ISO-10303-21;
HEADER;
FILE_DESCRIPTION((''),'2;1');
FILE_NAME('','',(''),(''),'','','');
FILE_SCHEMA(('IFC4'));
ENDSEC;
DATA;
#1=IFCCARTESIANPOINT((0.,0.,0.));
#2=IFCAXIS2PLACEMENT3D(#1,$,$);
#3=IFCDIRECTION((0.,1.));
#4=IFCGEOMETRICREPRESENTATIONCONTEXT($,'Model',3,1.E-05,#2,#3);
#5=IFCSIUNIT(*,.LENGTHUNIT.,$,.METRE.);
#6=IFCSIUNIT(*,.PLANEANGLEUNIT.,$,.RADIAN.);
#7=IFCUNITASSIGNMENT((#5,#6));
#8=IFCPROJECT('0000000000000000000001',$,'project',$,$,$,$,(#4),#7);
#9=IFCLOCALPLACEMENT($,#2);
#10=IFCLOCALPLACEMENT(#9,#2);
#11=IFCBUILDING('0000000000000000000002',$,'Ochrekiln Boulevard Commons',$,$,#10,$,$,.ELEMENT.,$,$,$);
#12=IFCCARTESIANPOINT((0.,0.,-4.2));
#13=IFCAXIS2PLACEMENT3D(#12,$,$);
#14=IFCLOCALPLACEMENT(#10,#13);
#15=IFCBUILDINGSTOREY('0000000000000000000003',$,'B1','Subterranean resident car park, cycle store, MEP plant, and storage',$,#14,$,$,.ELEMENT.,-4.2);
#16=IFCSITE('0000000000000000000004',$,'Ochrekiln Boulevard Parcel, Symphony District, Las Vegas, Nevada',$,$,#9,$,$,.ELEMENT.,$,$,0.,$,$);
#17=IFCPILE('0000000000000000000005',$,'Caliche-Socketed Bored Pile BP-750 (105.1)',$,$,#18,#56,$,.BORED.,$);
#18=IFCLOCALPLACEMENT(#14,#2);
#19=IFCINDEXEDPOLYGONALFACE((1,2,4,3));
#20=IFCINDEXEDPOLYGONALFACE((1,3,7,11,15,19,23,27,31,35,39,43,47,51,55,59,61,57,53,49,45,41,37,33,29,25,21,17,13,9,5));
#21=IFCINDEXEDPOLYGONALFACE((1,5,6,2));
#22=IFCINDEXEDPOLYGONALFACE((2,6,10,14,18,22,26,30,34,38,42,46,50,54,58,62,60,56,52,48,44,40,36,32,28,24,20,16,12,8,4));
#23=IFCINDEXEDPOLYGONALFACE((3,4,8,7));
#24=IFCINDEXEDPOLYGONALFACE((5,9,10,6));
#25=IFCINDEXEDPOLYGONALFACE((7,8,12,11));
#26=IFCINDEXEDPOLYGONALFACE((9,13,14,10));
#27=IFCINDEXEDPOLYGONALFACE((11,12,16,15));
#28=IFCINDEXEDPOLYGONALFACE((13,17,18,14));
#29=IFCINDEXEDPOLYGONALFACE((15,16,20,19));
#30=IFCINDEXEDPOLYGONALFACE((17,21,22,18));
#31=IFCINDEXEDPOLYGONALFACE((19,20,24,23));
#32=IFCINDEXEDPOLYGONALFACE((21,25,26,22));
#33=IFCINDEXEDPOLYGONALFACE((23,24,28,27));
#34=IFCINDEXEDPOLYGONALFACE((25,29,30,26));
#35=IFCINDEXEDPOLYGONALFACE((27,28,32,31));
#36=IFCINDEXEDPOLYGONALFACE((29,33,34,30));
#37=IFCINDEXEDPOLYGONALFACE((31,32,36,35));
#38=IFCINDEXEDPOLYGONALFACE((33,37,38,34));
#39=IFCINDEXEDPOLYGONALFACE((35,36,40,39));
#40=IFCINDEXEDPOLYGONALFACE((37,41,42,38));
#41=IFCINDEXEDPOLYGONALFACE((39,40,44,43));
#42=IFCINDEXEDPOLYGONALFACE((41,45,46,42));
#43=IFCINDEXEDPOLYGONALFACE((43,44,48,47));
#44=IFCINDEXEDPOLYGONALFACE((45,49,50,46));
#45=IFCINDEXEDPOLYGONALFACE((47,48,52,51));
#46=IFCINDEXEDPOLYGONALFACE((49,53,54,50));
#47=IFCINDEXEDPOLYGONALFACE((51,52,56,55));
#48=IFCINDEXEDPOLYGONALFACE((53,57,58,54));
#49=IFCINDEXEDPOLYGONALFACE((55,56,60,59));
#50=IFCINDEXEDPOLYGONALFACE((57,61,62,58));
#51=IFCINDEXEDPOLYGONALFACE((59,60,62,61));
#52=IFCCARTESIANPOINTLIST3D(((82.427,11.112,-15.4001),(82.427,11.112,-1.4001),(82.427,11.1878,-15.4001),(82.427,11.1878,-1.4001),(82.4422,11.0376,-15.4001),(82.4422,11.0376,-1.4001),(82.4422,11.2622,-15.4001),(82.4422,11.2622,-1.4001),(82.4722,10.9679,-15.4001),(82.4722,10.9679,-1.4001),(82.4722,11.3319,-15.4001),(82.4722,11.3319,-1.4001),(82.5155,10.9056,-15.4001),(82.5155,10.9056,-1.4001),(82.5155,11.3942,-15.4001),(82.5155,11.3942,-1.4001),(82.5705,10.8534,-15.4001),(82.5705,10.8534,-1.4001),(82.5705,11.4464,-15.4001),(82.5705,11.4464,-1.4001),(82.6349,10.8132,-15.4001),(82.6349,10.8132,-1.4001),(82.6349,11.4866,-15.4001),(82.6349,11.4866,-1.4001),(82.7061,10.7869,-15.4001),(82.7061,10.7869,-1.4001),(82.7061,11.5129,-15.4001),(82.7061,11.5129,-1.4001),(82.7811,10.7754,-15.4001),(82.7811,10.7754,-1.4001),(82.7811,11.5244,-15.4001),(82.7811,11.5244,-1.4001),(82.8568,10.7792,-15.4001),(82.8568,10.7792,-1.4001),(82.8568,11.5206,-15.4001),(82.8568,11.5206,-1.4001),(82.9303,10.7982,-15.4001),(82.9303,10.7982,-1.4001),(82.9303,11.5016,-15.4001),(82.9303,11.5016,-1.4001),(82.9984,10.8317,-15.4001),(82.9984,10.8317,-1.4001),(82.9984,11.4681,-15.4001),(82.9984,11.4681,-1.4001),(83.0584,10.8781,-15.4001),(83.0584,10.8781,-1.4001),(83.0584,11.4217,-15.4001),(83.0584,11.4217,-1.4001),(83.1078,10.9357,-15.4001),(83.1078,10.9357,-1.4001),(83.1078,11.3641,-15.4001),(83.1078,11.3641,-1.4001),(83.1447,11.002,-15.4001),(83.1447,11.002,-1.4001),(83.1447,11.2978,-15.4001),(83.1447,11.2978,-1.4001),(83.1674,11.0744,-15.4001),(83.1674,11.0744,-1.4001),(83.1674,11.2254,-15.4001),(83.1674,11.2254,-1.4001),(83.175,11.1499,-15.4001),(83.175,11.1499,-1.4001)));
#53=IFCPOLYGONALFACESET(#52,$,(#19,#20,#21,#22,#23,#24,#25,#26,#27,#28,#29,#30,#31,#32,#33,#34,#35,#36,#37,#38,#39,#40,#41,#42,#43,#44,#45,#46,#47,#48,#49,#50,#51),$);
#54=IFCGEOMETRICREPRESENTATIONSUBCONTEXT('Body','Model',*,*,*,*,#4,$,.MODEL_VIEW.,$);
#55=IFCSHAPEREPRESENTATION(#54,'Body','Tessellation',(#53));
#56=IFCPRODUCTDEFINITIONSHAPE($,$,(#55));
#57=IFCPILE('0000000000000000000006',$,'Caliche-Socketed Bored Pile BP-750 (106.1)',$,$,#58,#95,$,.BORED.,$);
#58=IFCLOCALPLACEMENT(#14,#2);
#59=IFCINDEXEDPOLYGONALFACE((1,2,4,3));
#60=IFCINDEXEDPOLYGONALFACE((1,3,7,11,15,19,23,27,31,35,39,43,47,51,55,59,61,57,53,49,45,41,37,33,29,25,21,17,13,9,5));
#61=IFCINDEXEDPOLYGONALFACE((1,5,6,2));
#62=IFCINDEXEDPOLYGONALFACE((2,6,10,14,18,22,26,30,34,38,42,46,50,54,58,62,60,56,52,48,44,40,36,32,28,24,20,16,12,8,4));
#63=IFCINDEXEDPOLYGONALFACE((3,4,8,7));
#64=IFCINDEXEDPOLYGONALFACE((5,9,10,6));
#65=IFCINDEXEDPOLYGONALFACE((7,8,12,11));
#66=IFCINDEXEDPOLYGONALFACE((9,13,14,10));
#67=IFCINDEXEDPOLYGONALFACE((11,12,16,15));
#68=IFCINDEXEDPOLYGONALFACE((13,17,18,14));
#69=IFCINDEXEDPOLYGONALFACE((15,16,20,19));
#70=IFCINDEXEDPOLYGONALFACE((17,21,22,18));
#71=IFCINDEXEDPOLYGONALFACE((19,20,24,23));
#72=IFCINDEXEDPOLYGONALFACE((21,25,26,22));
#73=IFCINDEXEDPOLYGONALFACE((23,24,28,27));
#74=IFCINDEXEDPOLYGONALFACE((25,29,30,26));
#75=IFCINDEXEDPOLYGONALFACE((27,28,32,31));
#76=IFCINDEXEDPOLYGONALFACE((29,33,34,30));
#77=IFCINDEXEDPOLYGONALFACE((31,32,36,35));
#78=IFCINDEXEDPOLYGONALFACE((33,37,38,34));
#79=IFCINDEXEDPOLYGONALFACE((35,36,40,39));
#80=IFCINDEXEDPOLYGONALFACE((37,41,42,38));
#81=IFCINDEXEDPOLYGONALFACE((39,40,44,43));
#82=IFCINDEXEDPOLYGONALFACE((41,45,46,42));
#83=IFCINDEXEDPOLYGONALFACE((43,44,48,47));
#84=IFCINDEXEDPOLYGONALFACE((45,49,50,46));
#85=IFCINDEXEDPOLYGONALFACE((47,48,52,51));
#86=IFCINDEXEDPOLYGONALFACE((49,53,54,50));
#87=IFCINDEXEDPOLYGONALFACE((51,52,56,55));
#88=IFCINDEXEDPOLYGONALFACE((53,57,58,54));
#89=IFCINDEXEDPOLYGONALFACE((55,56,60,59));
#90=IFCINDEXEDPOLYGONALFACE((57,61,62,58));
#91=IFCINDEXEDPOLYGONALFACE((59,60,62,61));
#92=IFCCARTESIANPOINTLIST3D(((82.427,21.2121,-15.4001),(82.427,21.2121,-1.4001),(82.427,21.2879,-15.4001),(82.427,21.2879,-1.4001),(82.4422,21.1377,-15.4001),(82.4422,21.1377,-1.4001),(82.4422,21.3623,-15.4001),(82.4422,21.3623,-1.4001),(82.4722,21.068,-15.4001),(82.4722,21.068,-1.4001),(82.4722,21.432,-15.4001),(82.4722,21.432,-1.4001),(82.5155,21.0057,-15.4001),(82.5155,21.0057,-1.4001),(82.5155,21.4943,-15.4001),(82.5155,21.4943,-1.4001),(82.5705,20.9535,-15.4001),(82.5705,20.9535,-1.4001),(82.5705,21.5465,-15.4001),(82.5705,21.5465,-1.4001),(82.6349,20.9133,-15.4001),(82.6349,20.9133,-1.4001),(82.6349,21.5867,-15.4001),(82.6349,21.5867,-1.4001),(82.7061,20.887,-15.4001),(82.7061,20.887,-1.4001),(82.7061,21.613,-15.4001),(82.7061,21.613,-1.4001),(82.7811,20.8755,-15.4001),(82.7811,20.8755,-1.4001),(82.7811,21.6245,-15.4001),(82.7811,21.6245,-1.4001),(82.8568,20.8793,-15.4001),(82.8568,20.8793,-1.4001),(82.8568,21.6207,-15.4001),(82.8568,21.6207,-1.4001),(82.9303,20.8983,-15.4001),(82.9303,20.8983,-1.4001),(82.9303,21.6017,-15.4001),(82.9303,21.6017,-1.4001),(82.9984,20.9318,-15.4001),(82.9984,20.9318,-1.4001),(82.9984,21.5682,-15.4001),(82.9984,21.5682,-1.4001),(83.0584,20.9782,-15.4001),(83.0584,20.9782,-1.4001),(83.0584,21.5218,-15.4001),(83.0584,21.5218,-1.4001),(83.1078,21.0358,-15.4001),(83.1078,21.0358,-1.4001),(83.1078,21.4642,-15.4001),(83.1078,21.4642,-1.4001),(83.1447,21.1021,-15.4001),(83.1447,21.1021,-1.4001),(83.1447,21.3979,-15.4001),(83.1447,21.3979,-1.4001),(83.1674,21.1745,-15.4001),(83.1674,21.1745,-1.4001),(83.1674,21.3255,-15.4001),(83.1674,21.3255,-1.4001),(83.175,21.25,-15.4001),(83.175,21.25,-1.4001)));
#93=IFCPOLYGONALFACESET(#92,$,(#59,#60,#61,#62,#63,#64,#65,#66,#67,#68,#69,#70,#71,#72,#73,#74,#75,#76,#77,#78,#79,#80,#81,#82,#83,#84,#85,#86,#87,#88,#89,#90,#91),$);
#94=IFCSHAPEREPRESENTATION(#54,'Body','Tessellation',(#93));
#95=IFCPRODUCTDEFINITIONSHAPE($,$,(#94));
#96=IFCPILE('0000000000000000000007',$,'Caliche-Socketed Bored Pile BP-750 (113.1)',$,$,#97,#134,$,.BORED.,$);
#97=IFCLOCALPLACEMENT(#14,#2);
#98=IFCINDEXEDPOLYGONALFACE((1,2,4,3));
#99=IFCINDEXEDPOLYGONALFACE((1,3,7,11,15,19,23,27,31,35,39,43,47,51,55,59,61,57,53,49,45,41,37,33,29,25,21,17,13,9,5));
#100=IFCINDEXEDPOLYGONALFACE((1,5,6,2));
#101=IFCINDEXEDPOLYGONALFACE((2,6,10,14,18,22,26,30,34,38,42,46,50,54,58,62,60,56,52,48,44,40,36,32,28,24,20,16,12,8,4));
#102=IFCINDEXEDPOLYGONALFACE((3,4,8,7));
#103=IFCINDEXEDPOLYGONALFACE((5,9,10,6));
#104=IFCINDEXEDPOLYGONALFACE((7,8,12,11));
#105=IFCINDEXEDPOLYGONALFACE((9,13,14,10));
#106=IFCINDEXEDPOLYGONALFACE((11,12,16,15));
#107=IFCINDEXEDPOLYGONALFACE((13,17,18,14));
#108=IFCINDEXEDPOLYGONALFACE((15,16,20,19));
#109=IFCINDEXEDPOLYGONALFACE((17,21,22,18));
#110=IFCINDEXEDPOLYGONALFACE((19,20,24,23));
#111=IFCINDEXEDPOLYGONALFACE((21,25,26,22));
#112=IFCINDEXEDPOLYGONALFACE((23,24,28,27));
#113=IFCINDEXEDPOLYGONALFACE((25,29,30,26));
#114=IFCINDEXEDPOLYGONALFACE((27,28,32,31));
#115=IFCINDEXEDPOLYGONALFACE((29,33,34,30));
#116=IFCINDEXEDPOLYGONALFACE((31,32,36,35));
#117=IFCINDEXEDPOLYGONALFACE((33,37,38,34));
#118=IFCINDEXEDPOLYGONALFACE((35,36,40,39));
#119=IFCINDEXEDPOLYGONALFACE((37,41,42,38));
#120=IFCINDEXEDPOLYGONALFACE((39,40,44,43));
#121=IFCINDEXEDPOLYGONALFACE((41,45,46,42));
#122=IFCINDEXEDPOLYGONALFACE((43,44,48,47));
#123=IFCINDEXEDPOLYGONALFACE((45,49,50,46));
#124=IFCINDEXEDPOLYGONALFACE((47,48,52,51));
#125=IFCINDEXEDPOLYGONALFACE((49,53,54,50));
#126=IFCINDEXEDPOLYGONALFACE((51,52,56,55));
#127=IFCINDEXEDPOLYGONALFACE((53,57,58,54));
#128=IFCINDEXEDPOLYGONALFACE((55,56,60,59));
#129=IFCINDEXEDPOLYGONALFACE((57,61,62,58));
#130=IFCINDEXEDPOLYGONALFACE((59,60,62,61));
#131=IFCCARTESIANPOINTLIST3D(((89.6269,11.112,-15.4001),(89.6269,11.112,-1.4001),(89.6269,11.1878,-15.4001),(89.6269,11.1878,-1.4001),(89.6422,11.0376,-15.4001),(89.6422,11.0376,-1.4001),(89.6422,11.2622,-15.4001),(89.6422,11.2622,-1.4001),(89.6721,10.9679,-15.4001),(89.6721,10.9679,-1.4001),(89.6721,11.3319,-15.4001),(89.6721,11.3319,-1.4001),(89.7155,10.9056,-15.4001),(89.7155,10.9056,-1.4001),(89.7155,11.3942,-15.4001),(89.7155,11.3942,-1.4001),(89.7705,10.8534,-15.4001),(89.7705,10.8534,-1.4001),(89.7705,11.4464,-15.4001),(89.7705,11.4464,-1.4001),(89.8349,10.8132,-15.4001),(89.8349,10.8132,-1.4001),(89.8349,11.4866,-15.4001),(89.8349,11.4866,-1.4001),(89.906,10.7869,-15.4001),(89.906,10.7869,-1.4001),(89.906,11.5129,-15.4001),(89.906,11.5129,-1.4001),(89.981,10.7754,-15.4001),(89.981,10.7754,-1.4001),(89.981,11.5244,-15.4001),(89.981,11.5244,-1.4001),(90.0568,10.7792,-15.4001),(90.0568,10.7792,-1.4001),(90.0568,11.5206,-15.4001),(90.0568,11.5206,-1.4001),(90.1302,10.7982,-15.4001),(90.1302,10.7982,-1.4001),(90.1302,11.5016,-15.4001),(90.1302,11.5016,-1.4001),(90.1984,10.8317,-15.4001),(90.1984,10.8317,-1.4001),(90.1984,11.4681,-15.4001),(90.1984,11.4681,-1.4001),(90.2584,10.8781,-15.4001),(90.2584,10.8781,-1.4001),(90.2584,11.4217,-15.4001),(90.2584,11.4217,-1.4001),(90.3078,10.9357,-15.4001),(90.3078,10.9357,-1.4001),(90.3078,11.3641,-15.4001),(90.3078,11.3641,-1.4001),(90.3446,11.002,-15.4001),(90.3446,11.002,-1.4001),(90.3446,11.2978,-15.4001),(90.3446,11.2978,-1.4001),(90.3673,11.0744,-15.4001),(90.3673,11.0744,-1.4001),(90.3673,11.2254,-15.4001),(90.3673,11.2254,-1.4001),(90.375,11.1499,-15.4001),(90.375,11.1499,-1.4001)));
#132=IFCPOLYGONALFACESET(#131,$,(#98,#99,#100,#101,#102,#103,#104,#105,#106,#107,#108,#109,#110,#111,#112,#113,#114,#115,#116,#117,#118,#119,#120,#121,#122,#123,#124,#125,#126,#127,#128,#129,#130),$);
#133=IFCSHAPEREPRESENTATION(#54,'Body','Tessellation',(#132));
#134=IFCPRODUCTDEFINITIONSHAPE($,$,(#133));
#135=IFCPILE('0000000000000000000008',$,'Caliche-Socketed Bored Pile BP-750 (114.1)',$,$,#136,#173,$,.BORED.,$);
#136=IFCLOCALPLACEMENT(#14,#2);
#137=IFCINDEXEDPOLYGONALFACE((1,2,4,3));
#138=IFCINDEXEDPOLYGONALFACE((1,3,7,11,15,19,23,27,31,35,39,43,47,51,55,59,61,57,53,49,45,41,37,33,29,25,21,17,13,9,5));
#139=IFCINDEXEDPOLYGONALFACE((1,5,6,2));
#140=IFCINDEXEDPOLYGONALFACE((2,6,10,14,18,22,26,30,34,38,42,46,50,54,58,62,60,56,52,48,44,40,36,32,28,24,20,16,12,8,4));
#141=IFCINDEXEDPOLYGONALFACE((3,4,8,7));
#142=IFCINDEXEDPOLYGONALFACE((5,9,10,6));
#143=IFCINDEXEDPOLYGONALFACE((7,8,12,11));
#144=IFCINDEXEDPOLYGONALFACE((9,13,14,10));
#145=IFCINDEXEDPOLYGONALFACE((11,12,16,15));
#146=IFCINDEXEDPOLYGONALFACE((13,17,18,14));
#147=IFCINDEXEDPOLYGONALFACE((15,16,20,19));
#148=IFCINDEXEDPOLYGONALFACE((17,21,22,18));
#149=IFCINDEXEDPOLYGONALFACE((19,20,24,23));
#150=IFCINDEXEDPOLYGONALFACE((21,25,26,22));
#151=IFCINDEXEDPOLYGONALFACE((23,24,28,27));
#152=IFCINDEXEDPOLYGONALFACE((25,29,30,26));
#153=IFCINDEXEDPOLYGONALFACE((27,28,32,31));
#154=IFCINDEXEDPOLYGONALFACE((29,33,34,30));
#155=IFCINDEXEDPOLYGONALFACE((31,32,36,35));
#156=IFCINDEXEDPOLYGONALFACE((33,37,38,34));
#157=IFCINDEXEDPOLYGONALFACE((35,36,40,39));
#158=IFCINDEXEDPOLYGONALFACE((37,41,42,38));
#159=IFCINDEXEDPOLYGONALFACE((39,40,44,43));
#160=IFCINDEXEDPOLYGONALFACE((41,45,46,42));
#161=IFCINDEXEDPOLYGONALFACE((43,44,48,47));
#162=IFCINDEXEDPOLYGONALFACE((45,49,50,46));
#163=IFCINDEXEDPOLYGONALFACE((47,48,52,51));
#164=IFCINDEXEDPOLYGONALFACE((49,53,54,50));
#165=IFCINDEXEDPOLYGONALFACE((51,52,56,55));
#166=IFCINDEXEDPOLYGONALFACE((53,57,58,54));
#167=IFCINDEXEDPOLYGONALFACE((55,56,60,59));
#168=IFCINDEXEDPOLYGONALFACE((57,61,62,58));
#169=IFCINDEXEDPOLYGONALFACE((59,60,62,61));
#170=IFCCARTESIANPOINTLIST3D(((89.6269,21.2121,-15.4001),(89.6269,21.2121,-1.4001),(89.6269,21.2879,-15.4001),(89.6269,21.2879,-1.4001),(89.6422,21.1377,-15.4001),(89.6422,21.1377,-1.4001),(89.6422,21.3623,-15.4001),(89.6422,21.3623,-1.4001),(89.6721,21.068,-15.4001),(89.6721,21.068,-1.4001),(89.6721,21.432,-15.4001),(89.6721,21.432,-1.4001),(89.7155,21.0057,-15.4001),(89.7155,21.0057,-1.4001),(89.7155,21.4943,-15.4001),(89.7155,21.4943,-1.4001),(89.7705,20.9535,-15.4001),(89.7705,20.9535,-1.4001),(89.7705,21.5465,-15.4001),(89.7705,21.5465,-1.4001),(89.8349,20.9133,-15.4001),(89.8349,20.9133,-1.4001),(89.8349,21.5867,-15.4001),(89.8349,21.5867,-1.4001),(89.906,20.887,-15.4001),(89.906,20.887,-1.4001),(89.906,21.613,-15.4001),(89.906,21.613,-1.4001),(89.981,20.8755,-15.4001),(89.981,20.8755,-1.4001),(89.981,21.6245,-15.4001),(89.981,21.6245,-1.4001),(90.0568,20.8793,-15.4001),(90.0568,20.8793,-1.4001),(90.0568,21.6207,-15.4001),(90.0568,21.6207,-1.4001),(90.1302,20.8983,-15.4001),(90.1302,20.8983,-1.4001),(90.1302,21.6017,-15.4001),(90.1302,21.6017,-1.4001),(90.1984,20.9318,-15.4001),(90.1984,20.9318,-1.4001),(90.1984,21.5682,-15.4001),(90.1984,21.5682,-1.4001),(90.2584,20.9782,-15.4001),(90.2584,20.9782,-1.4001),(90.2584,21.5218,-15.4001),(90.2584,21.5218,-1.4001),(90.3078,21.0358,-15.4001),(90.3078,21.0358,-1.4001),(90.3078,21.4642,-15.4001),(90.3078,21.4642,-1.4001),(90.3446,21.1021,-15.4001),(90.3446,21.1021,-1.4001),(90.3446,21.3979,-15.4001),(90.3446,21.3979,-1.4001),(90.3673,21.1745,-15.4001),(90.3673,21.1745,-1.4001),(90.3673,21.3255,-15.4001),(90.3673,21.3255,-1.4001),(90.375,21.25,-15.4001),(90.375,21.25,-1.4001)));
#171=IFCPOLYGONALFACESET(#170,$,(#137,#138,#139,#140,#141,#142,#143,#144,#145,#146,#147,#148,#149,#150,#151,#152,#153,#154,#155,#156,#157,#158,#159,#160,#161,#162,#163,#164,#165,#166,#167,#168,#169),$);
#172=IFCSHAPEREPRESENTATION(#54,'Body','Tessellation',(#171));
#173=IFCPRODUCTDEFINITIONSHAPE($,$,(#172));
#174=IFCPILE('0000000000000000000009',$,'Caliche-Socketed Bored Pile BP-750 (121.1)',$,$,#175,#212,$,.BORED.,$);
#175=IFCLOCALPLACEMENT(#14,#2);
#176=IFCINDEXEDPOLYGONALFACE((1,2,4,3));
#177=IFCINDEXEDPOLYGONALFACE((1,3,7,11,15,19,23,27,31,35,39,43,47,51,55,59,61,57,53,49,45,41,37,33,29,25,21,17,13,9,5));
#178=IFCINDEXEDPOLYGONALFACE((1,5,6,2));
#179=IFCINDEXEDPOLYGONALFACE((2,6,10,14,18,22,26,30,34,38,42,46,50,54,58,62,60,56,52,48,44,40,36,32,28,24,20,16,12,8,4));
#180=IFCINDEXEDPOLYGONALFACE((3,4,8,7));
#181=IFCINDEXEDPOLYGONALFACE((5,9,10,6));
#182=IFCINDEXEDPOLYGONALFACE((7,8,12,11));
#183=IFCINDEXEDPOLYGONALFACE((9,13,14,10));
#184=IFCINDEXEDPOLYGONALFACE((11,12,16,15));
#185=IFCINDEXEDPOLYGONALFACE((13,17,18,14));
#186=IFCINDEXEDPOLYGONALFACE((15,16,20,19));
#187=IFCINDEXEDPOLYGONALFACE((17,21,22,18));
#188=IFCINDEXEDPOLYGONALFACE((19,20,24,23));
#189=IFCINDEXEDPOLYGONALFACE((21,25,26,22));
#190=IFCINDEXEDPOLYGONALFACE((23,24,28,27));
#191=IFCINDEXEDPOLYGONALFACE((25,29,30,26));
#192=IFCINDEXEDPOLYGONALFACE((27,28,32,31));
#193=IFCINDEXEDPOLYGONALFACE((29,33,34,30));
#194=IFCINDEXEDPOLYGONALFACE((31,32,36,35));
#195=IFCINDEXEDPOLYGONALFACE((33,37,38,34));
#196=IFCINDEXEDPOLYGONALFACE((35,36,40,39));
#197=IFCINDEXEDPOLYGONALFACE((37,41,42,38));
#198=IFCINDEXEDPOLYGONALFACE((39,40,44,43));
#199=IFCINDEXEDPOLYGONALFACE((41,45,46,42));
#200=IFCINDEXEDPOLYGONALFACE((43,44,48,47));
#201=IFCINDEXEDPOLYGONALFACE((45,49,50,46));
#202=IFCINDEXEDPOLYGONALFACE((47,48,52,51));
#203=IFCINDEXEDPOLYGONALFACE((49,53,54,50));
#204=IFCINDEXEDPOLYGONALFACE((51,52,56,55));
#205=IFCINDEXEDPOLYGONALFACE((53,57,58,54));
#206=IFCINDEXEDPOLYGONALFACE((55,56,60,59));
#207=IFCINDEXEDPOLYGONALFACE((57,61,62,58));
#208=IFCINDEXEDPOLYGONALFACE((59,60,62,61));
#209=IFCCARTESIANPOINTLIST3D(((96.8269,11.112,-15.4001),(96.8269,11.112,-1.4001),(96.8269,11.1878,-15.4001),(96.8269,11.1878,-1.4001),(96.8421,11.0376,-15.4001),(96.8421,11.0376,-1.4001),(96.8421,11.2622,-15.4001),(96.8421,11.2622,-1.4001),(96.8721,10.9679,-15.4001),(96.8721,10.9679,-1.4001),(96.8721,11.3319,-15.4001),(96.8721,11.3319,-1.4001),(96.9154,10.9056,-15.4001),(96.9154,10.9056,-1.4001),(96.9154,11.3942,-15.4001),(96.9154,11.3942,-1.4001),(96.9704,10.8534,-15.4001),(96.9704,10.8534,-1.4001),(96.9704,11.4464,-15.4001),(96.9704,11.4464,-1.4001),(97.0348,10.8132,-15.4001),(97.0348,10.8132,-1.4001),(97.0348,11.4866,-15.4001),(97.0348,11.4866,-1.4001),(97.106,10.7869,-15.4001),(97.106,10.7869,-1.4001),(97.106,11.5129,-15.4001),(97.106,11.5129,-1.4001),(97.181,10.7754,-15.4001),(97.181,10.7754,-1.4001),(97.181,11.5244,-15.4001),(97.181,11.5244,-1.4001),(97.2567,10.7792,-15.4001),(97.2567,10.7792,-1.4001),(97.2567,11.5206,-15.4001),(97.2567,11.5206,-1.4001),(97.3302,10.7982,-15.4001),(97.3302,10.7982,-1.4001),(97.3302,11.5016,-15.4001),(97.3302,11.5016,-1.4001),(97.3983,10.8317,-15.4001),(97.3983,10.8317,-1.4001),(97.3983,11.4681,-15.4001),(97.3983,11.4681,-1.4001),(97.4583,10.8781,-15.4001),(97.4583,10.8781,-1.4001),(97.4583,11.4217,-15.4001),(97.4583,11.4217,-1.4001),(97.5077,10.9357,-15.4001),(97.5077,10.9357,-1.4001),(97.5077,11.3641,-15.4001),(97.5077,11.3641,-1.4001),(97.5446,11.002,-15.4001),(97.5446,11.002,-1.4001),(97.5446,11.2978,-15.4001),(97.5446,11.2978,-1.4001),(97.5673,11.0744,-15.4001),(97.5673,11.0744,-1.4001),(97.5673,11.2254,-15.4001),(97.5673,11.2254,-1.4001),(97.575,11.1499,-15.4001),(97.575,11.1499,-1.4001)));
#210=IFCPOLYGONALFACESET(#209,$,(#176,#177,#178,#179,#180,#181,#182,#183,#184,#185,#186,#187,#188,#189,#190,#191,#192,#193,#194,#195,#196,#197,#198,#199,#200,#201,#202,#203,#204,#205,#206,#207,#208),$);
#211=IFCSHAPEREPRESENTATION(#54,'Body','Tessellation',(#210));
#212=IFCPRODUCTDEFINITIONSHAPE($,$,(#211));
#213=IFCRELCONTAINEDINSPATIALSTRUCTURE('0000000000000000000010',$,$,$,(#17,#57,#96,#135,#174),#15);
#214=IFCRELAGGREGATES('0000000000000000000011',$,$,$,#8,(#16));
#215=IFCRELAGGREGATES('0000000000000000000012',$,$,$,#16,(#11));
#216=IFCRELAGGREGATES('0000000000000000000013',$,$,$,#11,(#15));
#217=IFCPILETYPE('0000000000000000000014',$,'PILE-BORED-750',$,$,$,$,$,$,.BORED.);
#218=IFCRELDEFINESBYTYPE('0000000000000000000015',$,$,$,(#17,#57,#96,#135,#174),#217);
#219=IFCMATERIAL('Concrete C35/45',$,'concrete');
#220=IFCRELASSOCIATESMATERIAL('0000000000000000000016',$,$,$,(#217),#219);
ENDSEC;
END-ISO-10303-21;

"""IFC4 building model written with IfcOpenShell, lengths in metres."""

from ifc_helpers import new_model, si_unit, direction, frame, origin, origin_2d, place, context, subcontext, project, spatial, circle, extrude, material, material_profile, profile_set, type_object, element, save


model = new_model("IFC4")

# Units and contexts
model_context = context("Model", 3, precision=1e-05, world=origin(), true_north=direction((0.0, 1.0)))
body_context = subcontext(model_context, "Body", "Model", "MODEL_VIEW")
ifc_project = project(units=[si_unit("LENGTHUNIT", "METRE"), si_unit("PLANEANGLEUNIT", "RADIAN")], contexts=[model_context])

# Site, building, storey
site_placement = place(None, origin())
site = spatial("IfcSite", under=ifc_project, at=site_placement, Name="Ochrekiln Boulevard Parcel, Symphony District, Las Vegas, Nevada", CompositionType="ELEMENT", RefElevation=0.0)
building_placement = place(site_placement, origin())
building = spatial("IfcBuilding", under=site, at=building_placement, Name="Ochrekiln Boulevard Commons", CompositionType="ELEMENT")
storey_placement = place(building_placement, frame((0.0, 0.0, -4.2)))
storey = spatial("IfcBuildingStorey", under=building, at=storey_placement, Name="B1", Description="Subterranean resident car park, cycle store, MEP plant, and storage", CompositionType="ELEMENT", Elevation=-4.2)

# Shared definitions
ifc_material_1 = material(Name="Concrete C35/45", Category="concrete")

# Piles
ifc_material_profile_1 = material_profile(ifc_material_1, circle(Radius=0.375, at=origin_2d()), Name="PILE-D750")
ifc_profile_set_1 = profile_set([ifc_material_profile_1], Name="Concrete C35/45")
pile_type = type_object("IfcPileType", Name="PILE-BORED-750", PredefinedType="BORED", material=ifc_profile_set_1)
for number, where, z_axis, x_axis, name in (
    (1, (82.8, 11.1499, -1.4001), (0.0, 0.0, -1.0), (1.0, 0.0, 0.0), "Caliche-Socketed Bored Pile BP-750 (105.1)"),
    (2, (82.8, 21.25, -1.4001), (0.0, 0.0, -1.0), (1.0, 0.0, 0.0), "Caliche-Socketed Bored Pile BP-750 (106.1)"),
    (3, (90.0, 11.1499, -1.4001), (0.0, 0.0, -1.0), (1.0, 0.0, 0.0), "Caliche-Socketed Bored Pile BP-750 (113.1)"),
    (4, (90.0, 21.25, -1.4001), (0.0, 0.0, -1.0), (1.0, 0.0, 0.0), "Caliche-Socketed Bored Pile BP-750 (114.1)"),
    (5, (97.2, 11.1499, -1.4001), (0.0, 0.0, -1.0), (1.0, 0.0, 0.0), "Caliche-Socketed Bored Pile BP-750 (121.1)"),
):
    element("IfcPile", number, at=place(storey_placement, frame(where, z_axis=z_axis, x_axis=x_axis)), inside=storey, type_object=pile_type, Name=name, PredefinedType="BORED", context=body_context, shape_type="SweptSolid", body=[
        extrude(circle(Radius=0.375, at=origin_2d()), origin(), (0.0, 0.0, 1.0), 14.0),
    ])

save(model, "model.ifc")
